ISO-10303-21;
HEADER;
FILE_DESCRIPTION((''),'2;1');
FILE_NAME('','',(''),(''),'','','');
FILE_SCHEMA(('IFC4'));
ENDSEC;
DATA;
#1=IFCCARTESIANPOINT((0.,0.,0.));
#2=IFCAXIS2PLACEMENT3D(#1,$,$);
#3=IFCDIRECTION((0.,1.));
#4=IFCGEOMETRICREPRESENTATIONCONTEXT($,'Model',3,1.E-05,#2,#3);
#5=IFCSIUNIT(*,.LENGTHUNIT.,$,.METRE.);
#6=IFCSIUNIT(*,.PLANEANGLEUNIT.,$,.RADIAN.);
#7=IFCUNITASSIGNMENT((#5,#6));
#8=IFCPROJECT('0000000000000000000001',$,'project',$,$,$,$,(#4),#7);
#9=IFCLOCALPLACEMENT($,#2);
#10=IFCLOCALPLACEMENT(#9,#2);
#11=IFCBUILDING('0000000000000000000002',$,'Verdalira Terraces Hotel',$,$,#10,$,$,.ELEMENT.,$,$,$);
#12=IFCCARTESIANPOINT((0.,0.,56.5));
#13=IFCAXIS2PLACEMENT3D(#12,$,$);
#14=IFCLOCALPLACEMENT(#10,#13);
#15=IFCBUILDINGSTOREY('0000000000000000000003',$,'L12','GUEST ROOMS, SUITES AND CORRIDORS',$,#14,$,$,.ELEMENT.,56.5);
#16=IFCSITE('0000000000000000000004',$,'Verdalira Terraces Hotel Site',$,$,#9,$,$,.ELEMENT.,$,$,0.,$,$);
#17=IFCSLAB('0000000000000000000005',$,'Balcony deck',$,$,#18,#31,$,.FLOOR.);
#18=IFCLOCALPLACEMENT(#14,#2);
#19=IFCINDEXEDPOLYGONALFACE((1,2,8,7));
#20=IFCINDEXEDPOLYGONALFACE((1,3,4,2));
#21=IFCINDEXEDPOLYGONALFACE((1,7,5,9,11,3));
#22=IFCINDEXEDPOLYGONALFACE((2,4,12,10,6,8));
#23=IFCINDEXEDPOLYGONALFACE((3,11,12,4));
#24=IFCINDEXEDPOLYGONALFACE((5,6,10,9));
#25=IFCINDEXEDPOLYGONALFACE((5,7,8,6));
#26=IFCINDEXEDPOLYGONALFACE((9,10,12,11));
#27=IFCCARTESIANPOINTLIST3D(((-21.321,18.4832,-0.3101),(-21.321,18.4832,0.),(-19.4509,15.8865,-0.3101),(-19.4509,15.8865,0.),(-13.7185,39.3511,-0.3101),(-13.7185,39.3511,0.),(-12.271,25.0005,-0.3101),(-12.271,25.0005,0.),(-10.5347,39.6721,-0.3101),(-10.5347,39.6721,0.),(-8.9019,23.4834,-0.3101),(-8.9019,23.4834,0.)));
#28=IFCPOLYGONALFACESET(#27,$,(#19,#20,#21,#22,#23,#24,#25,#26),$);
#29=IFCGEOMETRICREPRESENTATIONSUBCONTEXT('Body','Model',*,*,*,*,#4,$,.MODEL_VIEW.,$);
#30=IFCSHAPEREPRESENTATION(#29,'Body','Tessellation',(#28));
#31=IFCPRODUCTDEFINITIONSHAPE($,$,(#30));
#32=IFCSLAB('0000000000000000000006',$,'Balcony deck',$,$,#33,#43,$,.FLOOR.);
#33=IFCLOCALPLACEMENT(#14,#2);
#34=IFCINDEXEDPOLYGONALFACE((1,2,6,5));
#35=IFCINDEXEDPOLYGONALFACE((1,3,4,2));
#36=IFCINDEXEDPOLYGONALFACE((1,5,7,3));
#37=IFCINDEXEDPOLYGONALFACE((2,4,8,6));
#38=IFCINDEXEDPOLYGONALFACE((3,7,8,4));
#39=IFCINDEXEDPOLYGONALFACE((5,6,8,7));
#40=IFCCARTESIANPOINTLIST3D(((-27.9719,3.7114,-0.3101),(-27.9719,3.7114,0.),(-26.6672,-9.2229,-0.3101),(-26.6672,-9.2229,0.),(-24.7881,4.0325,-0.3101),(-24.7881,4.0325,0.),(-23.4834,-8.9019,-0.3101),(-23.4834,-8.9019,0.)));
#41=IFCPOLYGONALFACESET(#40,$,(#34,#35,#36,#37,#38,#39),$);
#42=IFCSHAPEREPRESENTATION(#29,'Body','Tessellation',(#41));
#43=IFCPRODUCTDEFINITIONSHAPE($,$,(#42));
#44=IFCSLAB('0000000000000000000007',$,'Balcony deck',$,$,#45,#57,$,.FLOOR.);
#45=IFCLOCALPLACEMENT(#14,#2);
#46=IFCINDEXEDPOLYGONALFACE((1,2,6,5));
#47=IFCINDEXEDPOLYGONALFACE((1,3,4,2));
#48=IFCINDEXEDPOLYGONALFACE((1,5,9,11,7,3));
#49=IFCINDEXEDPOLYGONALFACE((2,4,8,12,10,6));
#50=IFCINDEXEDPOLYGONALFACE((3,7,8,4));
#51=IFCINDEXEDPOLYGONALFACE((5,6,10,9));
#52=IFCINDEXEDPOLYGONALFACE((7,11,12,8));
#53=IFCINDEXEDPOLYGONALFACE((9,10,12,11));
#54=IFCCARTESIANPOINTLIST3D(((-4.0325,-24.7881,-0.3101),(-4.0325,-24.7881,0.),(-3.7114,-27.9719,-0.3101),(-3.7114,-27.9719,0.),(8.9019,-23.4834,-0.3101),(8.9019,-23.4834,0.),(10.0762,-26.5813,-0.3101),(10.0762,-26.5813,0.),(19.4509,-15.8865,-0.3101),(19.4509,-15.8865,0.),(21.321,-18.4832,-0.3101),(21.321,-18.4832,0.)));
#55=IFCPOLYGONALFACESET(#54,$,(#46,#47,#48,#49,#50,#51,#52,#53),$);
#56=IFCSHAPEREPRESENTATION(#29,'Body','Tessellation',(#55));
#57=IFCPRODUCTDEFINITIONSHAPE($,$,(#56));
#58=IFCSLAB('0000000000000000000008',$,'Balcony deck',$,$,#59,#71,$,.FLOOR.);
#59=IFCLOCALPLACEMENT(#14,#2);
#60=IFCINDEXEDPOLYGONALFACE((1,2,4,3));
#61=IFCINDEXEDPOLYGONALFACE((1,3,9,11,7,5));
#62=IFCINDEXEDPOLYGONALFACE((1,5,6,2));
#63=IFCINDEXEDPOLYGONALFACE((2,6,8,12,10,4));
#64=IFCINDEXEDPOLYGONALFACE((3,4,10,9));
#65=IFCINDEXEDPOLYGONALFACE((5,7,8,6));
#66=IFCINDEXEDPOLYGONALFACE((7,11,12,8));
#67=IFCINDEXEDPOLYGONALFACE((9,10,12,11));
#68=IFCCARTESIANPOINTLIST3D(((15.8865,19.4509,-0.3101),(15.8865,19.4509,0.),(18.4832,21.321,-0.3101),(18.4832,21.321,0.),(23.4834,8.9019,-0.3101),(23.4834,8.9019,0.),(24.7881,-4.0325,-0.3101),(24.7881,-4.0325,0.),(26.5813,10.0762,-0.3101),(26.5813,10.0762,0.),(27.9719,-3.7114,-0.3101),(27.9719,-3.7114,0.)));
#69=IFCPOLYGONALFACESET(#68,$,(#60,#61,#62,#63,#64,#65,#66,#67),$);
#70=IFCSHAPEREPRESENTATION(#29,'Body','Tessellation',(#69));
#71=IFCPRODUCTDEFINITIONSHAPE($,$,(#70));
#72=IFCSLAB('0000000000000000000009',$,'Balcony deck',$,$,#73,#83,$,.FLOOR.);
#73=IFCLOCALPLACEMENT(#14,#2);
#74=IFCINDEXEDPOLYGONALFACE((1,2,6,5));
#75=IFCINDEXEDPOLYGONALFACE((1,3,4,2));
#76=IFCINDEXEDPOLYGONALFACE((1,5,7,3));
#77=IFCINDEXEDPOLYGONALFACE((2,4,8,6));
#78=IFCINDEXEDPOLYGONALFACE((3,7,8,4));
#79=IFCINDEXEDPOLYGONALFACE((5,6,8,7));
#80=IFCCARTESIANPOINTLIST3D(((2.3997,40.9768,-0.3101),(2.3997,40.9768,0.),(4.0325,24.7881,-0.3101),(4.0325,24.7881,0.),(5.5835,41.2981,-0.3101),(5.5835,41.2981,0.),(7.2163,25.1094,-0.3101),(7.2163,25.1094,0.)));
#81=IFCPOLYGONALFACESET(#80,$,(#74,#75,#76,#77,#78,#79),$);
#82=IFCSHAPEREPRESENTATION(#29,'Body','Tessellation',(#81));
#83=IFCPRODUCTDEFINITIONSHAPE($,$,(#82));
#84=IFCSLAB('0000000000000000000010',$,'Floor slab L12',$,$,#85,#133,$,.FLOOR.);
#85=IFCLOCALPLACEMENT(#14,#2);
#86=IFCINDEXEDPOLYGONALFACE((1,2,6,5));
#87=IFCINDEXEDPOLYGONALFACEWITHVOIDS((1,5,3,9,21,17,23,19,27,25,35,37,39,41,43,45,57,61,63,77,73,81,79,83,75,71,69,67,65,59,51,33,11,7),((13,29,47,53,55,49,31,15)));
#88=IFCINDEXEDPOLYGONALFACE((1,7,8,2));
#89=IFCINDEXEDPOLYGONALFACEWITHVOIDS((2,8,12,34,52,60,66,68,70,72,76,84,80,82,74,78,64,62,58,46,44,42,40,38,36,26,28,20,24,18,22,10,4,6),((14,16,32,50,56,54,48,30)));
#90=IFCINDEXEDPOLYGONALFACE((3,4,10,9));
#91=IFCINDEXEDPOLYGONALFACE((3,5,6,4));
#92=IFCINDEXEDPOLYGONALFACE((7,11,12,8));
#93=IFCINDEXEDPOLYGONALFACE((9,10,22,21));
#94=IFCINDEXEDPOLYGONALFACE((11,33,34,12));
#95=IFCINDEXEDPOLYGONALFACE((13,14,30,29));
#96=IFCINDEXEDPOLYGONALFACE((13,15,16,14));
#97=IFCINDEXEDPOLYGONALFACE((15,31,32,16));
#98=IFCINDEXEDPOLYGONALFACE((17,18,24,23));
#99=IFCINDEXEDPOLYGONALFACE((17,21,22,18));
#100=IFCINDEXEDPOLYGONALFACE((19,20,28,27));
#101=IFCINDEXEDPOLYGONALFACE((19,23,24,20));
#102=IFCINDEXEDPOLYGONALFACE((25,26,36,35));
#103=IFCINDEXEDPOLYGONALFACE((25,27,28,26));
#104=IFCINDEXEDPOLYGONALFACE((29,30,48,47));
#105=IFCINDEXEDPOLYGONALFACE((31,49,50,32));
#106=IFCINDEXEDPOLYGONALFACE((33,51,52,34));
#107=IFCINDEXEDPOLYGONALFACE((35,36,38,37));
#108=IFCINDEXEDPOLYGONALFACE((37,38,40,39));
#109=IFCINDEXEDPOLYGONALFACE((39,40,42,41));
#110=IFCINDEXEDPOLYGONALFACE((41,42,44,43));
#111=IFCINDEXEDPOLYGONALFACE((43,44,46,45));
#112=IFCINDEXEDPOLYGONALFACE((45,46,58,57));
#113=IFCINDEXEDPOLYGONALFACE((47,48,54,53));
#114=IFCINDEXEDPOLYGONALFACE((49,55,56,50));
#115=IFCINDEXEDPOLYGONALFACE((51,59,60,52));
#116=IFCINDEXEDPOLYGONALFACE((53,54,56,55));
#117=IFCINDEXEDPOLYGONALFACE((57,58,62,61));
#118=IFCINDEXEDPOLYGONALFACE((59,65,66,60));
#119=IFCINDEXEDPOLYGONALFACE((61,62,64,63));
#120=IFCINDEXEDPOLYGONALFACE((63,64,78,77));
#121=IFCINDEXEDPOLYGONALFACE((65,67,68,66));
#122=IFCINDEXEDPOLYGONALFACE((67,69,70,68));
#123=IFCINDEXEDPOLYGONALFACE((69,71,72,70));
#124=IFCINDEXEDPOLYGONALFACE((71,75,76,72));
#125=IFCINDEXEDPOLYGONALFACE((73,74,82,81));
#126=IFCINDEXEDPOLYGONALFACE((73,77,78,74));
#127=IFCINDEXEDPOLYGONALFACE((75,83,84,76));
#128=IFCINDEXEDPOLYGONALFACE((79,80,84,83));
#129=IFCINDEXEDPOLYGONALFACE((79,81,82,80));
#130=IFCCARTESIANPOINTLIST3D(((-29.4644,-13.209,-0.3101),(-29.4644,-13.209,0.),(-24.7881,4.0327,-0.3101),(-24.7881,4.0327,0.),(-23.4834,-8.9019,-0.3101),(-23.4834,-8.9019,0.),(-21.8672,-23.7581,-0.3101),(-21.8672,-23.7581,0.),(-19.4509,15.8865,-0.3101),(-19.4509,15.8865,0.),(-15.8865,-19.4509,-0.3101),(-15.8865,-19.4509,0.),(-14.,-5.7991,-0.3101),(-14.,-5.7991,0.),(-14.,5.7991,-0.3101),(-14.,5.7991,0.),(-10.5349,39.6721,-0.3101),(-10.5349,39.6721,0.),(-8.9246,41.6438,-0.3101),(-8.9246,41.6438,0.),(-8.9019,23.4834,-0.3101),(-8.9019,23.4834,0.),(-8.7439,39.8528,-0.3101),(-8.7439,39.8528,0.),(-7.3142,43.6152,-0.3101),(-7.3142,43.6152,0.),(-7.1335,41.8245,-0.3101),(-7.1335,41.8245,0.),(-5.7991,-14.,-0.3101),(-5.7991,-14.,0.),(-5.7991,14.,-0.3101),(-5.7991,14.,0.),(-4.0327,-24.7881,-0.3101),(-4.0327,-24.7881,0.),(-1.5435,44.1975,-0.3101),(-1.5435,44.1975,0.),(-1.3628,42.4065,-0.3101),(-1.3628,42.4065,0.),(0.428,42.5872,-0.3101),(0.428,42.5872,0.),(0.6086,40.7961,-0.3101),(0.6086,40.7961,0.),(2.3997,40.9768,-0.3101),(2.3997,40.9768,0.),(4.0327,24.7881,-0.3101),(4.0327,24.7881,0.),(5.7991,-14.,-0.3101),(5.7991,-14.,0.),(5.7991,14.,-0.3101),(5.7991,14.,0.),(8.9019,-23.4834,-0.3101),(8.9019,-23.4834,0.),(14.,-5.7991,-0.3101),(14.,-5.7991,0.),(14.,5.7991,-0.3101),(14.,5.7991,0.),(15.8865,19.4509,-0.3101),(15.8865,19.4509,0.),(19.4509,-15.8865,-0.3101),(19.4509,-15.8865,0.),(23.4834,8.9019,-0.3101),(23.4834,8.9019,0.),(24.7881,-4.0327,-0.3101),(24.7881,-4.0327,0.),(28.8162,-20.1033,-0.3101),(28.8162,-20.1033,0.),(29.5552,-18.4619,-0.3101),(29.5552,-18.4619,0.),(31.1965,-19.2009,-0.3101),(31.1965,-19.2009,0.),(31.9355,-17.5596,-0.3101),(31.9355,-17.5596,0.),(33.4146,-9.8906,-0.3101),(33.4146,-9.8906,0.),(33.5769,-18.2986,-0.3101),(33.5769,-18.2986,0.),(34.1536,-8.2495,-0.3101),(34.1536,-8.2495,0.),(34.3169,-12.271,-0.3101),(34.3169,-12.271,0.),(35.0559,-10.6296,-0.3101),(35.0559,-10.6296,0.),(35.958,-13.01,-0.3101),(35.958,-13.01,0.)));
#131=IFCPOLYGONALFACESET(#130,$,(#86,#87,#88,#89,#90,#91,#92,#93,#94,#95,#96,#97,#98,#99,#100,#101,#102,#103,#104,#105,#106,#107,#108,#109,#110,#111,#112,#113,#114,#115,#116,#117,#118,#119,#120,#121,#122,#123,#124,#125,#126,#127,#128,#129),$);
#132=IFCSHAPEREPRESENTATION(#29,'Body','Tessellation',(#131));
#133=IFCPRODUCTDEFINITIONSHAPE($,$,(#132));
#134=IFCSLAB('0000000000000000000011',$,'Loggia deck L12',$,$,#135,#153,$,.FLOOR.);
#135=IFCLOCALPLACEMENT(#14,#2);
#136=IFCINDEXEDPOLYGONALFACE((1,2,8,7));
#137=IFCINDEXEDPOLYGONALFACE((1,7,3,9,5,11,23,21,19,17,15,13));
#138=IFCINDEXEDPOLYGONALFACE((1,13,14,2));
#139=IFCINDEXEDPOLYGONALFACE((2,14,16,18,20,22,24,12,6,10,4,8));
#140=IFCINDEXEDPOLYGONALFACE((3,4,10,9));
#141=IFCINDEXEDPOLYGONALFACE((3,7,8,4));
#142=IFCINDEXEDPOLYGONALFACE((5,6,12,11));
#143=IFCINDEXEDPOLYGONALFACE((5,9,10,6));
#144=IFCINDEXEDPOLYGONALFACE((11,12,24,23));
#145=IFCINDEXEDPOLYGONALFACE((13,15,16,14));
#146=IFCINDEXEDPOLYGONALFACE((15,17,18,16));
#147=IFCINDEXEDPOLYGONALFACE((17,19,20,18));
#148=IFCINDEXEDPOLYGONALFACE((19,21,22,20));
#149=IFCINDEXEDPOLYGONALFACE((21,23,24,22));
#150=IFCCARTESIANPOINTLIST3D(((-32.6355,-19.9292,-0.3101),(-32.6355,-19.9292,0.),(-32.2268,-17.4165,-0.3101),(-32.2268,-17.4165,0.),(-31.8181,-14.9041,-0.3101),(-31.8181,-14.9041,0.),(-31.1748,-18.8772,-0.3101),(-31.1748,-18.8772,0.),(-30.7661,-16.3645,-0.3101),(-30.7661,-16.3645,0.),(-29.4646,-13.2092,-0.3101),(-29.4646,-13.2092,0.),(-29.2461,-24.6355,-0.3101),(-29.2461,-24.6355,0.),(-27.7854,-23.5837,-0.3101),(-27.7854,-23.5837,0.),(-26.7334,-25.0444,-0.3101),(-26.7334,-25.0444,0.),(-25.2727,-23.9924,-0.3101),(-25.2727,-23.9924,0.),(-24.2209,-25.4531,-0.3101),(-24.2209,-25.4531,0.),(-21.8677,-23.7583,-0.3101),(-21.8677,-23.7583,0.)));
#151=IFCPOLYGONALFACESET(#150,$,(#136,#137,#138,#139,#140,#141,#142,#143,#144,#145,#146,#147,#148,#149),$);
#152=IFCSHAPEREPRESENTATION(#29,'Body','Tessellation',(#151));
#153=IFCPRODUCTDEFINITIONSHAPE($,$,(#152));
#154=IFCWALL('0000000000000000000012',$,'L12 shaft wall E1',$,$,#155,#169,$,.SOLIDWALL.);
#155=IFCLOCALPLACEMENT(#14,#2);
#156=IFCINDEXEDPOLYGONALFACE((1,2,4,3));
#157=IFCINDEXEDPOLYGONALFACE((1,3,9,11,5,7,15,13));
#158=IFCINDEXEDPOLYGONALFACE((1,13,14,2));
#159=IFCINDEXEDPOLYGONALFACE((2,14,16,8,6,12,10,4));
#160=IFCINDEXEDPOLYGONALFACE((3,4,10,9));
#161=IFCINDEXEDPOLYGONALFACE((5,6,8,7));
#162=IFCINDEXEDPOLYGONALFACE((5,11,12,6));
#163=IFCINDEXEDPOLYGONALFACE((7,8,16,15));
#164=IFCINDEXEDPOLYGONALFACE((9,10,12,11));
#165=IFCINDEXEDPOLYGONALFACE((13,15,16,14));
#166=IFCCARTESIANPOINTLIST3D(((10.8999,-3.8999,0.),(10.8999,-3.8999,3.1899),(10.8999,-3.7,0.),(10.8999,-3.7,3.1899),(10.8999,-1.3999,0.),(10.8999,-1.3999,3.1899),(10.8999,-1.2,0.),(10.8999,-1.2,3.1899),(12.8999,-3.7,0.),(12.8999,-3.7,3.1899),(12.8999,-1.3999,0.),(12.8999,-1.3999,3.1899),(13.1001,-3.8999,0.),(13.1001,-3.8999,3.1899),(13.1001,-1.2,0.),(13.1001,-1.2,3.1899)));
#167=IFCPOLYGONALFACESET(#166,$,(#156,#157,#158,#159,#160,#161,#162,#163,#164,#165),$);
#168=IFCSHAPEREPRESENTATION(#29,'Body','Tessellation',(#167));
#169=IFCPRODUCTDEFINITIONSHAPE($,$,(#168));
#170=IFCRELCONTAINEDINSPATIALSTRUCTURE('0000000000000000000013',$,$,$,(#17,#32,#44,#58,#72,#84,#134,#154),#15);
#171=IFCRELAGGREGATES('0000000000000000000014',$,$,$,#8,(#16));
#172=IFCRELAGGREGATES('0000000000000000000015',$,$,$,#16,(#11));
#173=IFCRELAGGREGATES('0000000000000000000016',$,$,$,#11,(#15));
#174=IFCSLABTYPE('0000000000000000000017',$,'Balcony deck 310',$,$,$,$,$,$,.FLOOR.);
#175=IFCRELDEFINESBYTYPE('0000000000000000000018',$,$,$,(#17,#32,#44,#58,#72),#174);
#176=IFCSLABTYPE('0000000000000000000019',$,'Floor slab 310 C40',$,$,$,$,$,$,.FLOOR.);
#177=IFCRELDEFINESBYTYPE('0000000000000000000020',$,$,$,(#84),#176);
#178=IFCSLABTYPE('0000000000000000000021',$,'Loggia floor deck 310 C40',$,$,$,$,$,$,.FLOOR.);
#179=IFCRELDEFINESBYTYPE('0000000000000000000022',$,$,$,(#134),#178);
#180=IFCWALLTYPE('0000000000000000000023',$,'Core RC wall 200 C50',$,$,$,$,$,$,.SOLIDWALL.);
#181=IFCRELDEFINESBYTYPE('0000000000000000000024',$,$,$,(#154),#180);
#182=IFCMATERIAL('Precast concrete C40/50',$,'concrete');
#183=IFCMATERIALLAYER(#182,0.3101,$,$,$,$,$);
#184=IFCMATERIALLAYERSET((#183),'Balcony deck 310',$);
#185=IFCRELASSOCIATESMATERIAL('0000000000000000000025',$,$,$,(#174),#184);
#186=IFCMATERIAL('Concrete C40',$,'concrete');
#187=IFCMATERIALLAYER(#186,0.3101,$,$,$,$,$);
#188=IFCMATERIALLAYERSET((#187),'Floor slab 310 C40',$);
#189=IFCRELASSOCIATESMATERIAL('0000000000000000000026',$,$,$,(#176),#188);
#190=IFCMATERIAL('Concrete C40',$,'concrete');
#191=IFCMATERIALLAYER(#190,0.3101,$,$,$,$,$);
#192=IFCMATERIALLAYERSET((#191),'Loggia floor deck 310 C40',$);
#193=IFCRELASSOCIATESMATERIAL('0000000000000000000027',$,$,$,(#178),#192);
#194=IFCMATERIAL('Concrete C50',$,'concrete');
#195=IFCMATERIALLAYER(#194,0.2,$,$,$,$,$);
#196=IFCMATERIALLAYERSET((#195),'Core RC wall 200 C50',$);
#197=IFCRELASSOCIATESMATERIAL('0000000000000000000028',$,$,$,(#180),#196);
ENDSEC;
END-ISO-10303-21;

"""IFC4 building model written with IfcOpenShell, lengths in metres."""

from ifc_helpers import new_model, si_unit, direction, frame, origin, place, context, subcontext, project, spatial, polyline, outline, extrude, material, layer, layer_set, type_object, element, save


model = new_model("IFC4")

# Units and contexts
model_context = context("Model", 3, precision=1e-05, world=origin(), true_north=direction((0.0, 1.0)))
body_context = subcontext(model_context, "Body", "Model", "MODEL_VIEW")
ifc_project = project(units=[si_unit("LENGTHUNIT", "METRE"), si_unit("PLANEANGLEUNIT", "RADIAN")], contexts=[model_context])

# Site, building, storey
site_placement = place(None, origin())
site = spatial("IfcSite", under=ifc_project, at=site_placement, Name="Verdalira Terraces Hotel Site", CompositionType="ELEMENT", RefElevation=0.0)
building_placement = place(site_placement, origin())
building = spatial("IfcBuilding", under=site, at=building_placement, Name="Verdalira Terraces Hotel", CompositionType="ELEMENT")
storey_placement = place(building_placement, frame((0.0, 0.0, 56.5)))
storey = spatial("IfcBuildingStorey", under=building, at=storey_placement, Name="L12", Description="GUEST ROOMS, SUITES AND CORRIDORS", CompositionType="ELEMENT", Elevation=56.5)

# Slabs
ifc_material_1 = material(Name="Precast concrete C40/50", Category="concrete")
ifc_layer_1 = layer(ifc_material_1, 0.3101)
ifc_layer_set_1 = layer_set([ifc_layer_1], Name="Balcony deck 310")
slab_type_1 = type_object("IfcSlabType", Name="Balcony deck 310", PredefinedType="FLOOR", material=ifc_layer_set_1)
slab_1_placement = place(storey_placement, frame((0.0, 0.0, -0.3101)))
element("IfcSlab", 1, at=slab_1_placement, inside=storey, type_object=slab_type_1, Name="Balcony deck", PredefinedType="FLOOR", context=body_context, shape_type="SweptSolid", body=[
    extrude(outline(polyline([(-12.271, 25.0005), (-21.321, 18.4832), (-19.4509, 15.8865), (-8.9019, 23.4834), (-10.5347, 39.6721), (-13.7185, 39.3511), (-12.271, 25.0005)])), origin(), (0.0, 0.0, 1.0), 0.3101),
])
slab_2_placement = place(storey_placement, frame((0.0, 0.0, -0.3101)))
element("IfcSlab", 2, at=slab_2_placement, inside=storey, type_object=slab_type_1, Name="Balcony deck", PredefinedType="FLOOR", context=body_context, shape_type="SweptSolid", body=[
    extrude(outline(polyline([(-26.6672, -9.2229), (-23.4834, -8.9019), (-24.7881, 4.0325), (-27.9719, 3.7114), (-26.6672, -9.2229)])), origin(), (0.0, 0.0, 1.0), 0.3101),
])
slab_3_placement = place(storey_placement, frame((0.0, 0.0, -0.3101)))
element("IfcSlab", 3, at=slab_3_placement, inside=storey, type_object=slab_type_1, Name="Balcony deck", PredefinedType="FLOOR", context=body_context, shape_type="SweptSolid", body=[
    extrude(outline(polyline([(21.321, -18.4832), (19.4509, -15.8865), (8.9019, -23.4834), (-4.0325, -24.7881), (-3.7114, -27.9719), (10.0762, -26.5813), (21.321, -18.4832)])), origin(), (0.0, 0.0, 1.0), 0.3101),
])
slab_4_placement = place(storey_placement, frame((0.0, 0.0, -0.3101)))
element("IfcSlab", 4, at=slab_4_placement, inside=storey, type_object=slab_type_1, Name="Balcony deck", PredefinedType="FLOOR", context=body_context, shape_type="SweptSolid", body=[
    extrude(outline(polyline([(18.4832, 21.321), (15.8865, 19.4509), (23.4834, 8.9019), (24.7881, -4.0325), (27.9719, -3.7114), (26.5813, 10.0762), (18.4832, 21.321)])), origin(), (0.0, 0.0, 1.0), 0.3101),
])
slab_5_placement = place(storey_placement, frame((0.0, 0.0, -0.3101)))
element("IfcSlab", 5, at=slab_5_placement, inside=storey, type_object=slab_type_1, Name="Balcony deck", PredefinedType="FLOOR", context=body_context, shape_type="SweptSolid", body=[
    extrude(outline(polyline([(5.5835, 41.2981), (2.3997, 40.9768), (4.0325, 24.7881), (7.2163, 25.1094), (5.5835, 41.2981)])), origin(), (0.0, 0.0, 1.0), 0.3101),
])
ifc_material_2 = material(Name="Concrete C40", Category="concrete")
ifc_layer_2 = layer(ifc_material_2, 0.3101)
ifc_layer_set_2 = layer_set([ifc_layer_2], Name="Floor slab 310 C40")
slab_type_2 = type_object("IfcSlabType", Name="Floor slab 310 C40", PredefinedType="FLOOR", material=ifc_layer_set_2)
slab_6_placement = place(storey_placement, frame((0.0, 0.0, -0.3101)))
element("IfcSlab", 6, at=slab_6_placement, inside=storey, type_object=slab_type_2, Name="Floor slab L12", PredefinedType="FLOOR", context=body_context, shape_type="SweptSolid", body=[
    extrude(outline(polyline([(-24.7881, 4.0327), (-23.4834, -8.9019), (-29.4644, -13.209), (-21.8672, -23.7581), (-15.8865, -19.4509), (-4.0327, -24.7881), (8.9019, -23.4834), (19.4509, -15.8865), (28.8162, -20.1033), (29.5552, -18.4619), (31.1965, -19.2009), (31.9355, -17.5596), (33.5769, -18.2986), (35.958, -13.01), (34.3169, -12.271), (35.0559, -10.6296), (33.4146, -9.8906), (34.1536, -8.2495), (24.7881, -4.0327), (23.4834, 8.9019), (15.8865, 19.4509), (4.0327, 24.7881), (2.3997, 40.9768), (0.6086, 40.7961), (0.428, 42.5872), (-1.3628, 42.4065), (-1.5435, 44.1975), (-7.3142, 43.6152), (-7.1335, 41.8245), (-8.9246, 41.6438), (-8.7439, 39.8528), (-10.5349, 39.6721), (-8.9019, 23.4834), (-19.4509, 15.8865), (-24.7881, 4.0327)]), holes=[polyline([(5.7991, 14.0), (14.0, 5.7991), (14.0, -5.7991), (5.7991, -14.0), (-5.7991, -14.0), (-14.0, -5.7991), (-14.0, 5.7991), (-5.7991, 14.0), (5.7991, 14.0)])]), origin(), (0.0, 0.0, 1.0), 0.3101),
])
ifc_material_3 = material(Name="Concrete C40", Category="concrete")
ifc_layer_3 = layer(ifc_material_3, 0.3101)
ifc_layer_set_3 = layer_set([ifc_layer_3], Name="Loggia floor deck 310 C40")
slab_type_3 = type_object("IfcSlabType", Name="Loggia floor deck 310 C40", PredefinedType="FLOOR", material=ifc_layer_set_3)
slab_7_placement = place(storey_placement, frame((0.0, 0.0, -0.3101)))
element("IfcSlab", 7, at=slab_7_placement, inside=storey, type_object=slab_type_3, Name="Loggia deck L12", PredefinedType="FLOOR", context=body_context, shape_type="SweptSolid", body=[
    extrude(outline(polyline([(-24.2209, -25.4531), (-21.8677, -23.7583), (-29.4646, -13.2092), (-31.8181, -14.9041), (-30.7661, -16.3645), (-32.2268, -17.4165), (-31.1748, -18.8772), (-32.6355, -19.9292), (-29.2461, -24.6355), (-27.7854, -23.5837), (-26.7334, -25.0444), (-25.2727, -23.9924), (-24.2209, -25.4531)])), origin(), (0.0, 0.0, 1.0), 0.3101),
])

# Wall
ifc_material_4 = material(Name="Concrete C50", Category="concrete")
ifc_layer_4 = layer(ifc_material_4, 0.2)
ifc_layer_set_4 = layer_set([ifc_layer_4], Name="Core RC wall 200 C50")
wall_type_1 = type_object("IfcWallType", Name="Core RC wall 200 C50", PredefinedType="SOLIDWALL", material=ifc_layer_set_4)
wall_1_placement = place(storey_placement, origin())
element("IfcWall", 8, at=wall_1_placement, inside=storey, type_object=wall_type_1, Name="L12 shaft wall E1", PredefinedType="SOLIDWALL", context=body_context, shape_type="SweptSolid", body=[
    extrude(outline(polyline([(13.1001, -3.8999), (10.8999, -3.8999), (10.8999, -3.7), (12.8999, -3.7), (12.8999, -1.3999), (10.8999, -1.3999), (10.8999, -1.2), (13.1001, -1.2), (13.1001, -3.8999)])), origin(), (0.0, 0.0, 1.0), 3.1899),
])

save(model, "model.ifc")
